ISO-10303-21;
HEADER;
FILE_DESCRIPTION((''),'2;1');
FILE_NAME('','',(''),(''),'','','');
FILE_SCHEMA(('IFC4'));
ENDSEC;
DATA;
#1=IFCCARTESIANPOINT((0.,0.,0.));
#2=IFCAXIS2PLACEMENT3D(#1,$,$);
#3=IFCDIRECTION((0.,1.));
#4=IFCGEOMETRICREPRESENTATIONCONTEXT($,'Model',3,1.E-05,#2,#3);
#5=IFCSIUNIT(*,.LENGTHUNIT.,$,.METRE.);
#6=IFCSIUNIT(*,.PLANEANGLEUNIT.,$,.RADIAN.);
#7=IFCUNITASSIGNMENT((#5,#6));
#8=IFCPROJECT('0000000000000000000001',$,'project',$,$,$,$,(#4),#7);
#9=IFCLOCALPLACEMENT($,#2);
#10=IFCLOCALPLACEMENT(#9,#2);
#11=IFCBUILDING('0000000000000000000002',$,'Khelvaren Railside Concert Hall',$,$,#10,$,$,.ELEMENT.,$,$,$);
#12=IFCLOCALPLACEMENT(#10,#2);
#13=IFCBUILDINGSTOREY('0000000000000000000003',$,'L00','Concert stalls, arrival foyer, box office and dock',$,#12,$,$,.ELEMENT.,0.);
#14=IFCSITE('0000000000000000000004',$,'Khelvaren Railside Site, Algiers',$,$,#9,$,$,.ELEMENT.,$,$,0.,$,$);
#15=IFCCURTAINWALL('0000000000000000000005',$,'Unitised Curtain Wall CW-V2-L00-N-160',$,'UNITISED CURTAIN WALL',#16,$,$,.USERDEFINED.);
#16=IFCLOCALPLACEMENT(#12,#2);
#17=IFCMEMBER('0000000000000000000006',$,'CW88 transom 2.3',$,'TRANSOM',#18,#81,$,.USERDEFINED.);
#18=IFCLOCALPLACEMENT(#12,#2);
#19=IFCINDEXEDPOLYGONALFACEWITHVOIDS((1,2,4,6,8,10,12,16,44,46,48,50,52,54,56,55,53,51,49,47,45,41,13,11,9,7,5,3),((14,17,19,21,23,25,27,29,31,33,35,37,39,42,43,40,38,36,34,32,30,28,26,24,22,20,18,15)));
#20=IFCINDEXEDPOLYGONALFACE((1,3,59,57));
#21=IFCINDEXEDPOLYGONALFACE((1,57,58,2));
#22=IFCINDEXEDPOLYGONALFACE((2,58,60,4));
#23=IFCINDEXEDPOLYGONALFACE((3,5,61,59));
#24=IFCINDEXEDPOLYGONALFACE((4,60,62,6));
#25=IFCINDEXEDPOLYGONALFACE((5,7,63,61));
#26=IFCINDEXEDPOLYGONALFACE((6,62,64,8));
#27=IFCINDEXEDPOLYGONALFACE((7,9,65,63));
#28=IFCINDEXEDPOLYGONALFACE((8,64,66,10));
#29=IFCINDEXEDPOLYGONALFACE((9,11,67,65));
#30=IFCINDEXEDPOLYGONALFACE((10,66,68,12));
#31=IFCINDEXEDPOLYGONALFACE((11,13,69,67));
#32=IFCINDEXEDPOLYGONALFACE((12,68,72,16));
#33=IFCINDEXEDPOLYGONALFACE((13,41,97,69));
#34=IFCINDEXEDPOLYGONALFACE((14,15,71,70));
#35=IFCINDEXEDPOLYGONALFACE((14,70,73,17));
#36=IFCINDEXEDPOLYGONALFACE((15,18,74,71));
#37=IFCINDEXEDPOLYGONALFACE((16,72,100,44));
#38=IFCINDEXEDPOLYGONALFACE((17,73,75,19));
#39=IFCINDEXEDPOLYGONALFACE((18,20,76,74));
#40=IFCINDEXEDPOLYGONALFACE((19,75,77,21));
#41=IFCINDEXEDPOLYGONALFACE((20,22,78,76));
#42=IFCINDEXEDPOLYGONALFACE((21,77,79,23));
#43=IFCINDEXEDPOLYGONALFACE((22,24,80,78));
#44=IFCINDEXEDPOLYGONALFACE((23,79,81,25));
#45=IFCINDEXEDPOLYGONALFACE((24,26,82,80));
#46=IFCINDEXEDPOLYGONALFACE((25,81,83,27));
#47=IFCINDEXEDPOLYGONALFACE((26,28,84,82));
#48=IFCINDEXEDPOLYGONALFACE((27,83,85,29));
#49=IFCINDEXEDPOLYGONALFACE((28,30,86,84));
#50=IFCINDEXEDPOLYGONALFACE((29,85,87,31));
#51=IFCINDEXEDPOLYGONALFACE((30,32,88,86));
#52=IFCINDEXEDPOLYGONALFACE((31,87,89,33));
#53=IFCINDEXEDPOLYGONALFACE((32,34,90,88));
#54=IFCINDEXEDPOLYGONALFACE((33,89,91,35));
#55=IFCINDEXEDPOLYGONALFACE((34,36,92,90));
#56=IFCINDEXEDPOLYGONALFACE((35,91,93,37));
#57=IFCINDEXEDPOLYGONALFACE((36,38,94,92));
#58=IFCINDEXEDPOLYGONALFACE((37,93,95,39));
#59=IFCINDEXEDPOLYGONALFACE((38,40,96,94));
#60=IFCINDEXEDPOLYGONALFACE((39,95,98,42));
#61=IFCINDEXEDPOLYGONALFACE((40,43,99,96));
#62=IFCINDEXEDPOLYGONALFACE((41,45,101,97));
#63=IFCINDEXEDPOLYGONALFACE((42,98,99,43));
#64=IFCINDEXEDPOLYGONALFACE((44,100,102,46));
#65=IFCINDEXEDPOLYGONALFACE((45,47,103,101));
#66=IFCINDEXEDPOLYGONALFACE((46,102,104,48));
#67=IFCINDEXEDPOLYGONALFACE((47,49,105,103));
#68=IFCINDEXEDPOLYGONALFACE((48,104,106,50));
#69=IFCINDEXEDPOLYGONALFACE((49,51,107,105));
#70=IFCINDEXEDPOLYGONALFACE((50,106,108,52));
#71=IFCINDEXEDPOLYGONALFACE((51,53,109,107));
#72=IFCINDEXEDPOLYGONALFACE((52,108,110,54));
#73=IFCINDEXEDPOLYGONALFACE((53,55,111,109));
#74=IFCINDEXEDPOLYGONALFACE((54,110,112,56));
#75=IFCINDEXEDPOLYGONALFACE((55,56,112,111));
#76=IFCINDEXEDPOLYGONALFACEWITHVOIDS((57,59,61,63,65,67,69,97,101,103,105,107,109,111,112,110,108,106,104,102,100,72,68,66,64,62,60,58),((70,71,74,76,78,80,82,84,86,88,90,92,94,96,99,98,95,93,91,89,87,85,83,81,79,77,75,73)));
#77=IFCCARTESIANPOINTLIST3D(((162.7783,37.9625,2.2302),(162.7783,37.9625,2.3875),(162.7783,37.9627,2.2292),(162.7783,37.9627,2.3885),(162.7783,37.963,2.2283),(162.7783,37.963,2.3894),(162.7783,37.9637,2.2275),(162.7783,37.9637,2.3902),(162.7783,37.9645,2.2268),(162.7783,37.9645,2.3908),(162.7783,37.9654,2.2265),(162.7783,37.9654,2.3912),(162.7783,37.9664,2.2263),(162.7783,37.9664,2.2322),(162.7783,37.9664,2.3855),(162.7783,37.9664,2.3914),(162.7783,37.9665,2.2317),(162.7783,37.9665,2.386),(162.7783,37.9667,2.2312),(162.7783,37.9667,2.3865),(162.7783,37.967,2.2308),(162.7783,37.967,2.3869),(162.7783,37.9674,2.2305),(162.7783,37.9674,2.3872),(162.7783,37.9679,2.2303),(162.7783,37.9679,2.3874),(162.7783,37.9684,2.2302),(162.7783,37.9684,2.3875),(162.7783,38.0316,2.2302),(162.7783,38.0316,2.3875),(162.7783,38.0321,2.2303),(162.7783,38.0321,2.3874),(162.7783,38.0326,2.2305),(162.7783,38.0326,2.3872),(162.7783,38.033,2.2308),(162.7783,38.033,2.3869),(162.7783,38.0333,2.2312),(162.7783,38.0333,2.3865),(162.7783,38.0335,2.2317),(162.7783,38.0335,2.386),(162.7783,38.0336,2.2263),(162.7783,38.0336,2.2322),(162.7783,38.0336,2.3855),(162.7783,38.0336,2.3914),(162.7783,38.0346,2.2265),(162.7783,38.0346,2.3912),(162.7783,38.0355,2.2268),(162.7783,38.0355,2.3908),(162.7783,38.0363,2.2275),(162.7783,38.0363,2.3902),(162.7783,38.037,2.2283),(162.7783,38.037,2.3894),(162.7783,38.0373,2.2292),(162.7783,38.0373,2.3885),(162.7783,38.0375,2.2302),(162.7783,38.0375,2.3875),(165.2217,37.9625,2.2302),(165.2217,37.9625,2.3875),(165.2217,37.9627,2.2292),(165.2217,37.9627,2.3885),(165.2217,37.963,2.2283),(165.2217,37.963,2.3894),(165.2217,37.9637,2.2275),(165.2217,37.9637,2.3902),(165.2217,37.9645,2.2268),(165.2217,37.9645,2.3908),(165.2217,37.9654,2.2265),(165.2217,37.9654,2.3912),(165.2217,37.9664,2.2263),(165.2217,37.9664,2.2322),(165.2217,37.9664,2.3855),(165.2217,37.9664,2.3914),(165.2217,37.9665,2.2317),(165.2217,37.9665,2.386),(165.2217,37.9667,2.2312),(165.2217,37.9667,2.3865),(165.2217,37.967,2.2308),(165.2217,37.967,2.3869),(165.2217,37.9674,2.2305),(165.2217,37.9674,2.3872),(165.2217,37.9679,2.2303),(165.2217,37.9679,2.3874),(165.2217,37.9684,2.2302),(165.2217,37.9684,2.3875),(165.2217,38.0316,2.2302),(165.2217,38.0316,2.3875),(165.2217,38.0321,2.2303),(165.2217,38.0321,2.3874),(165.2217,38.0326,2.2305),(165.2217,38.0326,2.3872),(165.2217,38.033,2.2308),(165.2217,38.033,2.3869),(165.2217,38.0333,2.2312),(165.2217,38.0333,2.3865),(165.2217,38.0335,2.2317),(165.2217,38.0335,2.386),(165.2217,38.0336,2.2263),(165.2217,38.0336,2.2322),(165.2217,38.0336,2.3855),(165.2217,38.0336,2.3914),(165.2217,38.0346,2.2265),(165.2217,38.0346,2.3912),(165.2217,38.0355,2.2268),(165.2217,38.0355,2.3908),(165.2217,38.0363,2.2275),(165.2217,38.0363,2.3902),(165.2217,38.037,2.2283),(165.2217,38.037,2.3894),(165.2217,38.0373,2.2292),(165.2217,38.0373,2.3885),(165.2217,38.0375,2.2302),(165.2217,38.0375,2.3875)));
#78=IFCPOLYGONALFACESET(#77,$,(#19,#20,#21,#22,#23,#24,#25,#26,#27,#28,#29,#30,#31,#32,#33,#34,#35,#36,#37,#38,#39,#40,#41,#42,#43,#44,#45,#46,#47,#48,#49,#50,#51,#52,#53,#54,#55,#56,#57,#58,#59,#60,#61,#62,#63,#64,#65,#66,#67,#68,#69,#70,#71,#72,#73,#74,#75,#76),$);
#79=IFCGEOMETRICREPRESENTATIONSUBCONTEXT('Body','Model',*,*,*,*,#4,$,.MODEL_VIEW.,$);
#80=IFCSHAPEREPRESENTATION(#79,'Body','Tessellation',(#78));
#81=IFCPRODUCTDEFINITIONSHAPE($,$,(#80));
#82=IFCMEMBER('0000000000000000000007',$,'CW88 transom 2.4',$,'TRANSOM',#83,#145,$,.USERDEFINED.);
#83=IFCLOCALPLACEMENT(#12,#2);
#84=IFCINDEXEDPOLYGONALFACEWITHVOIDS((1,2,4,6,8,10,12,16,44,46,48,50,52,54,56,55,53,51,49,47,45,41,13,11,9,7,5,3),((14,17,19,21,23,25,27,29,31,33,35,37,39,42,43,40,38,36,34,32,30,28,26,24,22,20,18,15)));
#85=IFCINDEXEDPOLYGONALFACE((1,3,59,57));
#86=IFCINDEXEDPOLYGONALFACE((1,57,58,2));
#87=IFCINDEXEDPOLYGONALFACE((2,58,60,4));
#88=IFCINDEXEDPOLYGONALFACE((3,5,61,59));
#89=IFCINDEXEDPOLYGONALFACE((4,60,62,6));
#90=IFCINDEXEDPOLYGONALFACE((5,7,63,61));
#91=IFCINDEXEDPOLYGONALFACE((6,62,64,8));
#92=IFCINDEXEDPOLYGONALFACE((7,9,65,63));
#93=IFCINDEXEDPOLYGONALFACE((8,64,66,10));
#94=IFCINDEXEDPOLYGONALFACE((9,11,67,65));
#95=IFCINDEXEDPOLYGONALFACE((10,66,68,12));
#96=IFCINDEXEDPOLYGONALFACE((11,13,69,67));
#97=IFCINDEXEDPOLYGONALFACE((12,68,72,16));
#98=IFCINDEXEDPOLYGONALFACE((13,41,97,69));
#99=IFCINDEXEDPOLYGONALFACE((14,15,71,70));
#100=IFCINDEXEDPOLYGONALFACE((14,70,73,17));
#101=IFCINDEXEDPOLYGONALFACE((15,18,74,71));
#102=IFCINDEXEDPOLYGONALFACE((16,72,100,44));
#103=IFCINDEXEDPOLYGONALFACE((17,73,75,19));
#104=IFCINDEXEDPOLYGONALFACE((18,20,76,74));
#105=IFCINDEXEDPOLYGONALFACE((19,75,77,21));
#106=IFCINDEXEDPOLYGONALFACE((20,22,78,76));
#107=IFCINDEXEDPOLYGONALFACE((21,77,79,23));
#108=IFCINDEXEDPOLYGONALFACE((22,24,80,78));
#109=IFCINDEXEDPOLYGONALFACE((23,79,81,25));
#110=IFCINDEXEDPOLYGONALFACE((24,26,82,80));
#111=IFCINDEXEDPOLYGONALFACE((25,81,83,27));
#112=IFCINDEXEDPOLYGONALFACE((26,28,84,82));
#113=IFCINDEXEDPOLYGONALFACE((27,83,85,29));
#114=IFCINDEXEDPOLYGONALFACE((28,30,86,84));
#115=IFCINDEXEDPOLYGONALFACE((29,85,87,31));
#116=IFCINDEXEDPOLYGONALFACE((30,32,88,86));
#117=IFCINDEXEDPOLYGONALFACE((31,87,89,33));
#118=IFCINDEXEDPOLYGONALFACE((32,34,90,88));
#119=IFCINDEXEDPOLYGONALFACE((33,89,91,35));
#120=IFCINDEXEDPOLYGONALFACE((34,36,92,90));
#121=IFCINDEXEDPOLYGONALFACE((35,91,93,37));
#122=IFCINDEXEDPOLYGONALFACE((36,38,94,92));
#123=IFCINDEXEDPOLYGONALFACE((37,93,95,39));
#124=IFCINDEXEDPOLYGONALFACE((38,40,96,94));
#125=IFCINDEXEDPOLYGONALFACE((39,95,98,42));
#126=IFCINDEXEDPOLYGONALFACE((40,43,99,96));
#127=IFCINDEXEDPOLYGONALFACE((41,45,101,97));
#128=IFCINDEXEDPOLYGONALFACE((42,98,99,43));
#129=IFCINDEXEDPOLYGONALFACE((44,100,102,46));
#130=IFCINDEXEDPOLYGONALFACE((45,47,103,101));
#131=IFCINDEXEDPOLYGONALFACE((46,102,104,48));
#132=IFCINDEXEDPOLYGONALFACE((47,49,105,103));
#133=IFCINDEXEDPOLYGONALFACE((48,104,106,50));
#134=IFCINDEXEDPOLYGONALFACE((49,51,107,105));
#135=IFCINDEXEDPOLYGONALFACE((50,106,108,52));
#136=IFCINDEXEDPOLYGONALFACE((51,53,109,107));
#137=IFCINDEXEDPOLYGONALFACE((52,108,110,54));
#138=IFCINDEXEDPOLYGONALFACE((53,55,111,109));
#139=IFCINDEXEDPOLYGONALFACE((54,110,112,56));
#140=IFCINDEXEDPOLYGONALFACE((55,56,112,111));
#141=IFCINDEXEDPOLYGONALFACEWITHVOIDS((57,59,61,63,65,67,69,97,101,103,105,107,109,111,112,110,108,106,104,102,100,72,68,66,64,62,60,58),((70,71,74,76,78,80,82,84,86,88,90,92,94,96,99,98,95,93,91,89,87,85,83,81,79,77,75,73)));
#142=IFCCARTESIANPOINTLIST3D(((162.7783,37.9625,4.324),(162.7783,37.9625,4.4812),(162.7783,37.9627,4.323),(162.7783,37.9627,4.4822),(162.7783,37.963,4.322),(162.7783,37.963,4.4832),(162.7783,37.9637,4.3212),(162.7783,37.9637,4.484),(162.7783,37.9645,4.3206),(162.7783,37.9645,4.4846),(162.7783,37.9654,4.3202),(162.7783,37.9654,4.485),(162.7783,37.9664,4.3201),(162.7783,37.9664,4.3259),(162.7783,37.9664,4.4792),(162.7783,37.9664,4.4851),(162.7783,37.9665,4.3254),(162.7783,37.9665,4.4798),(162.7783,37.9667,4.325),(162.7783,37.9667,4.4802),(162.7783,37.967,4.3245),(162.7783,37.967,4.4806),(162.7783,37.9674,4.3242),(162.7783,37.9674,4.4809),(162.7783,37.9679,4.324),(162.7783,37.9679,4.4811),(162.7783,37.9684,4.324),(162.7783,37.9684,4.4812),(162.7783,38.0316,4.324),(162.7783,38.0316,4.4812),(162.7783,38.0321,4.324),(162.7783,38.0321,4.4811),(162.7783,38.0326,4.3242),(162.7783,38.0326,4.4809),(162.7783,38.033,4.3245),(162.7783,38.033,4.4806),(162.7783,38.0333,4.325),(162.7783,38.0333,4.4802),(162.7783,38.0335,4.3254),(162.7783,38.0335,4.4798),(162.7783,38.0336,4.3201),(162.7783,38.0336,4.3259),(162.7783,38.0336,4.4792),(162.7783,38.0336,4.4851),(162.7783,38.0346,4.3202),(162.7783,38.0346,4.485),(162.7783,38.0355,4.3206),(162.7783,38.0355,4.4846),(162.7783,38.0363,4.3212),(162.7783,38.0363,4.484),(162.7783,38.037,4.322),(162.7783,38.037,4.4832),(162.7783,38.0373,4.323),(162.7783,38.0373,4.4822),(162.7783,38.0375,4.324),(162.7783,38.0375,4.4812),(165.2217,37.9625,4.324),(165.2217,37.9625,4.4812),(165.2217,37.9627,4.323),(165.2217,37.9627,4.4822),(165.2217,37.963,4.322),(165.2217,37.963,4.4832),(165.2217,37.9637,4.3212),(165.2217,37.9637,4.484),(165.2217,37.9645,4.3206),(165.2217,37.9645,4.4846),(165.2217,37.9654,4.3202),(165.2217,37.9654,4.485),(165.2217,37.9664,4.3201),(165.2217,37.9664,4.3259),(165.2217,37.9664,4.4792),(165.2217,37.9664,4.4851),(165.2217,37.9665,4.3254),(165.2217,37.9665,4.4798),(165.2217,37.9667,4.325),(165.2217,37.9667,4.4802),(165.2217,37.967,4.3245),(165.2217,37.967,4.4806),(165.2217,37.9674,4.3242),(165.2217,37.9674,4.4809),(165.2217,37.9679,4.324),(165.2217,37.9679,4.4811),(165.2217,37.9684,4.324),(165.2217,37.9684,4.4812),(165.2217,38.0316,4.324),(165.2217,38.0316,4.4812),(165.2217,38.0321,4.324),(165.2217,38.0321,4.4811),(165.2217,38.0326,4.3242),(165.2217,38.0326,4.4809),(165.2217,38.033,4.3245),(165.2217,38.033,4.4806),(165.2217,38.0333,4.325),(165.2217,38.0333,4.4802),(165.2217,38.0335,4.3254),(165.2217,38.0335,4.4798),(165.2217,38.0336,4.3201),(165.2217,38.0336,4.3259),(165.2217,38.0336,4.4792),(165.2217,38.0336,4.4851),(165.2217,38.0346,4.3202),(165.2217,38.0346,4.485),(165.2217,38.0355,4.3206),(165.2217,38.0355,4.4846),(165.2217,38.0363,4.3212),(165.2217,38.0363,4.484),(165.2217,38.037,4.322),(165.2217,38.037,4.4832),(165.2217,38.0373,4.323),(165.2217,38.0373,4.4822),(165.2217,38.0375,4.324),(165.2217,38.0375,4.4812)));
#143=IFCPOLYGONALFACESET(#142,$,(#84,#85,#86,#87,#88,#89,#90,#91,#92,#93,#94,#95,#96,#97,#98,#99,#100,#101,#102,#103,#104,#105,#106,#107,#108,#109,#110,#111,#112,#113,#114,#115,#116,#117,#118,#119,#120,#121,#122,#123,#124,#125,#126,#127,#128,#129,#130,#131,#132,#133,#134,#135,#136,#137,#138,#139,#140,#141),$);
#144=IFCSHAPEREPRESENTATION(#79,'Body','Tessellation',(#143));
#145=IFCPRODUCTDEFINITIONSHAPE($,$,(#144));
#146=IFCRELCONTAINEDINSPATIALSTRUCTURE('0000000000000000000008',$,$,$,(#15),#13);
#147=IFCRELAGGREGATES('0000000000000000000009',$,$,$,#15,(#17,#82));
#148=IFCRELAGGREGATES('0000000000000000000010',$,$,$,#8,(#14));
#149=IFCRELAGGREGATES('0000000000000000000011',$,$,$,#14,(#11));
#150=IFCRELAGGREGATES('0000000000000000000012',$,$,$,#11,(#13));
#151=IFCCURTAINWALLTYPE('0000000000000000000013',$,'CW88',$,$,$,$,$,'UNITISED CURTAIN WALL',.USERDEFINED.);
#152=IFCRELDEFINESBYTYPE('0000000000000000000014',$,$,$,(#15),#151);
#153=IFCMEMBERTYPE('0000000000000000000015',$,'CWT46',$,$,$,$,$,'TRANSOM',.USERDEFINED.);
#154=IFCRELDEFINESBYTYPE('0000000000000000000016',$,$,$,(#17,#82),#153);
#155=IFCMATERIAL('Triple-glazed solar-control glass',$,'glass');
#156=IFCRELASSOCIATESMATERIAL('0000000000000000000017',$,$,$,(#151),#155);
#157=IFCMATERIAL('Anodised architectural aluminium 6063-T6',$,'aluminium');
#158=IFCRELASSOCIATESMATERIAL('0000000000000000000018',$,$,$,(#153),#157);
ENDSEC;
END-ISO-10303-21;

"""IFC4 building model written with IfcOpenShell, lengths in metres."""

from ifc_helpers import new_model, si_unit, direction, frame, origin, origin_2d, place, context, subcontext, project, spatial, hollow_rectangle, extrude, material, material_profile, profile_set, type_object, element, aggregate, save


model = new_model("IFC4")

# Units and contexts
model_context = context("Model", 3, precision=1e-05, world=origin(), true_north=direction((0.0, 1.0)))
body_context = subcontext(model_context, "Body", "Model", "MODEL_VIEW")
ifc_project = project(units=[si_unit("LENGTHUNIT", "METRE"), si_unit("PLANEANGLEUNIT", "RADIAN")], contexts=[model_context])

# Site, building, storey
site_placement = place(None, origin())
site = spatial("IfcSite", under=ifc_project, at=site_placement, Name="Khelvaren Railside Site, Algiers", CompositionType="ELEMENT", RefElevation=0.0)
building_placement = place(site_placement, origin())
building = spatial("IfcBuilding", under=site, at=building_placement, Name="Khelvaren Railside Concert Hall", CompositionType="ELEMENT")
storey_placement = place(building_placement, origin())
storey = spatial("IfcBuildingStorey", under=building, at=storey_placement, Name="L00", Description="Concert stalls, arrival foyer, box office and dock", CompositionType="ELEMENT", Elevation=0.0)

# Curtain wall
ifc_material_1 = material(Name="Triple-glazed solar-control glass", Category="glass")
curtain_wall_type_1 = type_object("IfcCurtainWallType", Name="CW88", ElementType="UNITISED CURTAIN WALL", PredefinedType="USERDEFINED", material=ifc_material_1)
curtain_wall_1_placement = place(storey_placement, origin())
curtain_wall_1 = element("IfcCurtainWall", 1, at=curtain_wall_1_placement, inside=storey, type_object=curtain_wall_type_1, Name="Unitised Curtain Wall CW-V2-L00-N-160", ObjectType="UNITISED CURTAIN WALL", PredefinedType="USERDEFINED")
ifc_material_2 = material(Name="Anodised architectural aluminium 6063-T6", Category="aluminium")

# Members
ifc_material_profile_1 = material_profile(ifc_material_2, hollow_rectangle(XDim=0.075, YDim=0.165, WallThickness=0.0039, InnerFilletRadius=0.002, OuterFilletRadius=0.0039, at=origin_2d()), Name="CWT 75x165x4")
ifc_profile_set_1 = profile_set([ifc_material_profile_1], Name="Anodised architectural aluminium 6063-T6")
member_type_1 = type_object("IfcMemberType", Name="CWT46", ElementType="TRANSOM", PredefinedType="USERDEFINED", material=ifc_profile_set_1)
member_1_placement = place(storey_placement, frame((162.7783, 38.0, 2.3088), z_axis=(1.0, 0.0, 0.0), x_axis=(0.0, 1.0, 0.0)))
member_1 = element("IfcMember", 2, at=member_1_placement, type_object=member_type_1, Name="CW88 transom 2.3", ObjectType="TRANSOM", PredefinedType="USERDEFINED", context=body_context, shape_type="SweptSolid", body=[
    extrude(hollow_rectangle(XDim=0.075, YDim=0.165, WallThickness=0.0039, InnerFilletRadius=0.002, OuterFilletRadius=0.0039, at=origin_2d()), origin(), (0.0, 0.0, 1.0), 2.4434),
])
member_2_placement = place(storey_placement, frame((162.7783, 38.0, 4.4026), z_axis=(1.0, 0.0, 0.0), x_axis=(0.0, 1.0, 0.0)))
member_2 = element("IfcMember", 3, at=member_2_placement, type_object=member_type_1, Name="CW88 transom 2.4", ObjectType="TRANSOM", PredefinedType="USERDEFINED", context=body_context, shape_type="SweptSolid", body=[
    extrude(hollow_rectangle(XDim=0.075, YDim=0.165, WallThickness=0.0039, InnerFilletRadius=0.002, OuterFilletRadius=0.0039, at=origin_2d()), origin(), (0.0, 0.0, 1.0), 2.4434),
])

aggregate(curtain_wall_1, [member_1, member_2])

save(model, "model.ifc")
